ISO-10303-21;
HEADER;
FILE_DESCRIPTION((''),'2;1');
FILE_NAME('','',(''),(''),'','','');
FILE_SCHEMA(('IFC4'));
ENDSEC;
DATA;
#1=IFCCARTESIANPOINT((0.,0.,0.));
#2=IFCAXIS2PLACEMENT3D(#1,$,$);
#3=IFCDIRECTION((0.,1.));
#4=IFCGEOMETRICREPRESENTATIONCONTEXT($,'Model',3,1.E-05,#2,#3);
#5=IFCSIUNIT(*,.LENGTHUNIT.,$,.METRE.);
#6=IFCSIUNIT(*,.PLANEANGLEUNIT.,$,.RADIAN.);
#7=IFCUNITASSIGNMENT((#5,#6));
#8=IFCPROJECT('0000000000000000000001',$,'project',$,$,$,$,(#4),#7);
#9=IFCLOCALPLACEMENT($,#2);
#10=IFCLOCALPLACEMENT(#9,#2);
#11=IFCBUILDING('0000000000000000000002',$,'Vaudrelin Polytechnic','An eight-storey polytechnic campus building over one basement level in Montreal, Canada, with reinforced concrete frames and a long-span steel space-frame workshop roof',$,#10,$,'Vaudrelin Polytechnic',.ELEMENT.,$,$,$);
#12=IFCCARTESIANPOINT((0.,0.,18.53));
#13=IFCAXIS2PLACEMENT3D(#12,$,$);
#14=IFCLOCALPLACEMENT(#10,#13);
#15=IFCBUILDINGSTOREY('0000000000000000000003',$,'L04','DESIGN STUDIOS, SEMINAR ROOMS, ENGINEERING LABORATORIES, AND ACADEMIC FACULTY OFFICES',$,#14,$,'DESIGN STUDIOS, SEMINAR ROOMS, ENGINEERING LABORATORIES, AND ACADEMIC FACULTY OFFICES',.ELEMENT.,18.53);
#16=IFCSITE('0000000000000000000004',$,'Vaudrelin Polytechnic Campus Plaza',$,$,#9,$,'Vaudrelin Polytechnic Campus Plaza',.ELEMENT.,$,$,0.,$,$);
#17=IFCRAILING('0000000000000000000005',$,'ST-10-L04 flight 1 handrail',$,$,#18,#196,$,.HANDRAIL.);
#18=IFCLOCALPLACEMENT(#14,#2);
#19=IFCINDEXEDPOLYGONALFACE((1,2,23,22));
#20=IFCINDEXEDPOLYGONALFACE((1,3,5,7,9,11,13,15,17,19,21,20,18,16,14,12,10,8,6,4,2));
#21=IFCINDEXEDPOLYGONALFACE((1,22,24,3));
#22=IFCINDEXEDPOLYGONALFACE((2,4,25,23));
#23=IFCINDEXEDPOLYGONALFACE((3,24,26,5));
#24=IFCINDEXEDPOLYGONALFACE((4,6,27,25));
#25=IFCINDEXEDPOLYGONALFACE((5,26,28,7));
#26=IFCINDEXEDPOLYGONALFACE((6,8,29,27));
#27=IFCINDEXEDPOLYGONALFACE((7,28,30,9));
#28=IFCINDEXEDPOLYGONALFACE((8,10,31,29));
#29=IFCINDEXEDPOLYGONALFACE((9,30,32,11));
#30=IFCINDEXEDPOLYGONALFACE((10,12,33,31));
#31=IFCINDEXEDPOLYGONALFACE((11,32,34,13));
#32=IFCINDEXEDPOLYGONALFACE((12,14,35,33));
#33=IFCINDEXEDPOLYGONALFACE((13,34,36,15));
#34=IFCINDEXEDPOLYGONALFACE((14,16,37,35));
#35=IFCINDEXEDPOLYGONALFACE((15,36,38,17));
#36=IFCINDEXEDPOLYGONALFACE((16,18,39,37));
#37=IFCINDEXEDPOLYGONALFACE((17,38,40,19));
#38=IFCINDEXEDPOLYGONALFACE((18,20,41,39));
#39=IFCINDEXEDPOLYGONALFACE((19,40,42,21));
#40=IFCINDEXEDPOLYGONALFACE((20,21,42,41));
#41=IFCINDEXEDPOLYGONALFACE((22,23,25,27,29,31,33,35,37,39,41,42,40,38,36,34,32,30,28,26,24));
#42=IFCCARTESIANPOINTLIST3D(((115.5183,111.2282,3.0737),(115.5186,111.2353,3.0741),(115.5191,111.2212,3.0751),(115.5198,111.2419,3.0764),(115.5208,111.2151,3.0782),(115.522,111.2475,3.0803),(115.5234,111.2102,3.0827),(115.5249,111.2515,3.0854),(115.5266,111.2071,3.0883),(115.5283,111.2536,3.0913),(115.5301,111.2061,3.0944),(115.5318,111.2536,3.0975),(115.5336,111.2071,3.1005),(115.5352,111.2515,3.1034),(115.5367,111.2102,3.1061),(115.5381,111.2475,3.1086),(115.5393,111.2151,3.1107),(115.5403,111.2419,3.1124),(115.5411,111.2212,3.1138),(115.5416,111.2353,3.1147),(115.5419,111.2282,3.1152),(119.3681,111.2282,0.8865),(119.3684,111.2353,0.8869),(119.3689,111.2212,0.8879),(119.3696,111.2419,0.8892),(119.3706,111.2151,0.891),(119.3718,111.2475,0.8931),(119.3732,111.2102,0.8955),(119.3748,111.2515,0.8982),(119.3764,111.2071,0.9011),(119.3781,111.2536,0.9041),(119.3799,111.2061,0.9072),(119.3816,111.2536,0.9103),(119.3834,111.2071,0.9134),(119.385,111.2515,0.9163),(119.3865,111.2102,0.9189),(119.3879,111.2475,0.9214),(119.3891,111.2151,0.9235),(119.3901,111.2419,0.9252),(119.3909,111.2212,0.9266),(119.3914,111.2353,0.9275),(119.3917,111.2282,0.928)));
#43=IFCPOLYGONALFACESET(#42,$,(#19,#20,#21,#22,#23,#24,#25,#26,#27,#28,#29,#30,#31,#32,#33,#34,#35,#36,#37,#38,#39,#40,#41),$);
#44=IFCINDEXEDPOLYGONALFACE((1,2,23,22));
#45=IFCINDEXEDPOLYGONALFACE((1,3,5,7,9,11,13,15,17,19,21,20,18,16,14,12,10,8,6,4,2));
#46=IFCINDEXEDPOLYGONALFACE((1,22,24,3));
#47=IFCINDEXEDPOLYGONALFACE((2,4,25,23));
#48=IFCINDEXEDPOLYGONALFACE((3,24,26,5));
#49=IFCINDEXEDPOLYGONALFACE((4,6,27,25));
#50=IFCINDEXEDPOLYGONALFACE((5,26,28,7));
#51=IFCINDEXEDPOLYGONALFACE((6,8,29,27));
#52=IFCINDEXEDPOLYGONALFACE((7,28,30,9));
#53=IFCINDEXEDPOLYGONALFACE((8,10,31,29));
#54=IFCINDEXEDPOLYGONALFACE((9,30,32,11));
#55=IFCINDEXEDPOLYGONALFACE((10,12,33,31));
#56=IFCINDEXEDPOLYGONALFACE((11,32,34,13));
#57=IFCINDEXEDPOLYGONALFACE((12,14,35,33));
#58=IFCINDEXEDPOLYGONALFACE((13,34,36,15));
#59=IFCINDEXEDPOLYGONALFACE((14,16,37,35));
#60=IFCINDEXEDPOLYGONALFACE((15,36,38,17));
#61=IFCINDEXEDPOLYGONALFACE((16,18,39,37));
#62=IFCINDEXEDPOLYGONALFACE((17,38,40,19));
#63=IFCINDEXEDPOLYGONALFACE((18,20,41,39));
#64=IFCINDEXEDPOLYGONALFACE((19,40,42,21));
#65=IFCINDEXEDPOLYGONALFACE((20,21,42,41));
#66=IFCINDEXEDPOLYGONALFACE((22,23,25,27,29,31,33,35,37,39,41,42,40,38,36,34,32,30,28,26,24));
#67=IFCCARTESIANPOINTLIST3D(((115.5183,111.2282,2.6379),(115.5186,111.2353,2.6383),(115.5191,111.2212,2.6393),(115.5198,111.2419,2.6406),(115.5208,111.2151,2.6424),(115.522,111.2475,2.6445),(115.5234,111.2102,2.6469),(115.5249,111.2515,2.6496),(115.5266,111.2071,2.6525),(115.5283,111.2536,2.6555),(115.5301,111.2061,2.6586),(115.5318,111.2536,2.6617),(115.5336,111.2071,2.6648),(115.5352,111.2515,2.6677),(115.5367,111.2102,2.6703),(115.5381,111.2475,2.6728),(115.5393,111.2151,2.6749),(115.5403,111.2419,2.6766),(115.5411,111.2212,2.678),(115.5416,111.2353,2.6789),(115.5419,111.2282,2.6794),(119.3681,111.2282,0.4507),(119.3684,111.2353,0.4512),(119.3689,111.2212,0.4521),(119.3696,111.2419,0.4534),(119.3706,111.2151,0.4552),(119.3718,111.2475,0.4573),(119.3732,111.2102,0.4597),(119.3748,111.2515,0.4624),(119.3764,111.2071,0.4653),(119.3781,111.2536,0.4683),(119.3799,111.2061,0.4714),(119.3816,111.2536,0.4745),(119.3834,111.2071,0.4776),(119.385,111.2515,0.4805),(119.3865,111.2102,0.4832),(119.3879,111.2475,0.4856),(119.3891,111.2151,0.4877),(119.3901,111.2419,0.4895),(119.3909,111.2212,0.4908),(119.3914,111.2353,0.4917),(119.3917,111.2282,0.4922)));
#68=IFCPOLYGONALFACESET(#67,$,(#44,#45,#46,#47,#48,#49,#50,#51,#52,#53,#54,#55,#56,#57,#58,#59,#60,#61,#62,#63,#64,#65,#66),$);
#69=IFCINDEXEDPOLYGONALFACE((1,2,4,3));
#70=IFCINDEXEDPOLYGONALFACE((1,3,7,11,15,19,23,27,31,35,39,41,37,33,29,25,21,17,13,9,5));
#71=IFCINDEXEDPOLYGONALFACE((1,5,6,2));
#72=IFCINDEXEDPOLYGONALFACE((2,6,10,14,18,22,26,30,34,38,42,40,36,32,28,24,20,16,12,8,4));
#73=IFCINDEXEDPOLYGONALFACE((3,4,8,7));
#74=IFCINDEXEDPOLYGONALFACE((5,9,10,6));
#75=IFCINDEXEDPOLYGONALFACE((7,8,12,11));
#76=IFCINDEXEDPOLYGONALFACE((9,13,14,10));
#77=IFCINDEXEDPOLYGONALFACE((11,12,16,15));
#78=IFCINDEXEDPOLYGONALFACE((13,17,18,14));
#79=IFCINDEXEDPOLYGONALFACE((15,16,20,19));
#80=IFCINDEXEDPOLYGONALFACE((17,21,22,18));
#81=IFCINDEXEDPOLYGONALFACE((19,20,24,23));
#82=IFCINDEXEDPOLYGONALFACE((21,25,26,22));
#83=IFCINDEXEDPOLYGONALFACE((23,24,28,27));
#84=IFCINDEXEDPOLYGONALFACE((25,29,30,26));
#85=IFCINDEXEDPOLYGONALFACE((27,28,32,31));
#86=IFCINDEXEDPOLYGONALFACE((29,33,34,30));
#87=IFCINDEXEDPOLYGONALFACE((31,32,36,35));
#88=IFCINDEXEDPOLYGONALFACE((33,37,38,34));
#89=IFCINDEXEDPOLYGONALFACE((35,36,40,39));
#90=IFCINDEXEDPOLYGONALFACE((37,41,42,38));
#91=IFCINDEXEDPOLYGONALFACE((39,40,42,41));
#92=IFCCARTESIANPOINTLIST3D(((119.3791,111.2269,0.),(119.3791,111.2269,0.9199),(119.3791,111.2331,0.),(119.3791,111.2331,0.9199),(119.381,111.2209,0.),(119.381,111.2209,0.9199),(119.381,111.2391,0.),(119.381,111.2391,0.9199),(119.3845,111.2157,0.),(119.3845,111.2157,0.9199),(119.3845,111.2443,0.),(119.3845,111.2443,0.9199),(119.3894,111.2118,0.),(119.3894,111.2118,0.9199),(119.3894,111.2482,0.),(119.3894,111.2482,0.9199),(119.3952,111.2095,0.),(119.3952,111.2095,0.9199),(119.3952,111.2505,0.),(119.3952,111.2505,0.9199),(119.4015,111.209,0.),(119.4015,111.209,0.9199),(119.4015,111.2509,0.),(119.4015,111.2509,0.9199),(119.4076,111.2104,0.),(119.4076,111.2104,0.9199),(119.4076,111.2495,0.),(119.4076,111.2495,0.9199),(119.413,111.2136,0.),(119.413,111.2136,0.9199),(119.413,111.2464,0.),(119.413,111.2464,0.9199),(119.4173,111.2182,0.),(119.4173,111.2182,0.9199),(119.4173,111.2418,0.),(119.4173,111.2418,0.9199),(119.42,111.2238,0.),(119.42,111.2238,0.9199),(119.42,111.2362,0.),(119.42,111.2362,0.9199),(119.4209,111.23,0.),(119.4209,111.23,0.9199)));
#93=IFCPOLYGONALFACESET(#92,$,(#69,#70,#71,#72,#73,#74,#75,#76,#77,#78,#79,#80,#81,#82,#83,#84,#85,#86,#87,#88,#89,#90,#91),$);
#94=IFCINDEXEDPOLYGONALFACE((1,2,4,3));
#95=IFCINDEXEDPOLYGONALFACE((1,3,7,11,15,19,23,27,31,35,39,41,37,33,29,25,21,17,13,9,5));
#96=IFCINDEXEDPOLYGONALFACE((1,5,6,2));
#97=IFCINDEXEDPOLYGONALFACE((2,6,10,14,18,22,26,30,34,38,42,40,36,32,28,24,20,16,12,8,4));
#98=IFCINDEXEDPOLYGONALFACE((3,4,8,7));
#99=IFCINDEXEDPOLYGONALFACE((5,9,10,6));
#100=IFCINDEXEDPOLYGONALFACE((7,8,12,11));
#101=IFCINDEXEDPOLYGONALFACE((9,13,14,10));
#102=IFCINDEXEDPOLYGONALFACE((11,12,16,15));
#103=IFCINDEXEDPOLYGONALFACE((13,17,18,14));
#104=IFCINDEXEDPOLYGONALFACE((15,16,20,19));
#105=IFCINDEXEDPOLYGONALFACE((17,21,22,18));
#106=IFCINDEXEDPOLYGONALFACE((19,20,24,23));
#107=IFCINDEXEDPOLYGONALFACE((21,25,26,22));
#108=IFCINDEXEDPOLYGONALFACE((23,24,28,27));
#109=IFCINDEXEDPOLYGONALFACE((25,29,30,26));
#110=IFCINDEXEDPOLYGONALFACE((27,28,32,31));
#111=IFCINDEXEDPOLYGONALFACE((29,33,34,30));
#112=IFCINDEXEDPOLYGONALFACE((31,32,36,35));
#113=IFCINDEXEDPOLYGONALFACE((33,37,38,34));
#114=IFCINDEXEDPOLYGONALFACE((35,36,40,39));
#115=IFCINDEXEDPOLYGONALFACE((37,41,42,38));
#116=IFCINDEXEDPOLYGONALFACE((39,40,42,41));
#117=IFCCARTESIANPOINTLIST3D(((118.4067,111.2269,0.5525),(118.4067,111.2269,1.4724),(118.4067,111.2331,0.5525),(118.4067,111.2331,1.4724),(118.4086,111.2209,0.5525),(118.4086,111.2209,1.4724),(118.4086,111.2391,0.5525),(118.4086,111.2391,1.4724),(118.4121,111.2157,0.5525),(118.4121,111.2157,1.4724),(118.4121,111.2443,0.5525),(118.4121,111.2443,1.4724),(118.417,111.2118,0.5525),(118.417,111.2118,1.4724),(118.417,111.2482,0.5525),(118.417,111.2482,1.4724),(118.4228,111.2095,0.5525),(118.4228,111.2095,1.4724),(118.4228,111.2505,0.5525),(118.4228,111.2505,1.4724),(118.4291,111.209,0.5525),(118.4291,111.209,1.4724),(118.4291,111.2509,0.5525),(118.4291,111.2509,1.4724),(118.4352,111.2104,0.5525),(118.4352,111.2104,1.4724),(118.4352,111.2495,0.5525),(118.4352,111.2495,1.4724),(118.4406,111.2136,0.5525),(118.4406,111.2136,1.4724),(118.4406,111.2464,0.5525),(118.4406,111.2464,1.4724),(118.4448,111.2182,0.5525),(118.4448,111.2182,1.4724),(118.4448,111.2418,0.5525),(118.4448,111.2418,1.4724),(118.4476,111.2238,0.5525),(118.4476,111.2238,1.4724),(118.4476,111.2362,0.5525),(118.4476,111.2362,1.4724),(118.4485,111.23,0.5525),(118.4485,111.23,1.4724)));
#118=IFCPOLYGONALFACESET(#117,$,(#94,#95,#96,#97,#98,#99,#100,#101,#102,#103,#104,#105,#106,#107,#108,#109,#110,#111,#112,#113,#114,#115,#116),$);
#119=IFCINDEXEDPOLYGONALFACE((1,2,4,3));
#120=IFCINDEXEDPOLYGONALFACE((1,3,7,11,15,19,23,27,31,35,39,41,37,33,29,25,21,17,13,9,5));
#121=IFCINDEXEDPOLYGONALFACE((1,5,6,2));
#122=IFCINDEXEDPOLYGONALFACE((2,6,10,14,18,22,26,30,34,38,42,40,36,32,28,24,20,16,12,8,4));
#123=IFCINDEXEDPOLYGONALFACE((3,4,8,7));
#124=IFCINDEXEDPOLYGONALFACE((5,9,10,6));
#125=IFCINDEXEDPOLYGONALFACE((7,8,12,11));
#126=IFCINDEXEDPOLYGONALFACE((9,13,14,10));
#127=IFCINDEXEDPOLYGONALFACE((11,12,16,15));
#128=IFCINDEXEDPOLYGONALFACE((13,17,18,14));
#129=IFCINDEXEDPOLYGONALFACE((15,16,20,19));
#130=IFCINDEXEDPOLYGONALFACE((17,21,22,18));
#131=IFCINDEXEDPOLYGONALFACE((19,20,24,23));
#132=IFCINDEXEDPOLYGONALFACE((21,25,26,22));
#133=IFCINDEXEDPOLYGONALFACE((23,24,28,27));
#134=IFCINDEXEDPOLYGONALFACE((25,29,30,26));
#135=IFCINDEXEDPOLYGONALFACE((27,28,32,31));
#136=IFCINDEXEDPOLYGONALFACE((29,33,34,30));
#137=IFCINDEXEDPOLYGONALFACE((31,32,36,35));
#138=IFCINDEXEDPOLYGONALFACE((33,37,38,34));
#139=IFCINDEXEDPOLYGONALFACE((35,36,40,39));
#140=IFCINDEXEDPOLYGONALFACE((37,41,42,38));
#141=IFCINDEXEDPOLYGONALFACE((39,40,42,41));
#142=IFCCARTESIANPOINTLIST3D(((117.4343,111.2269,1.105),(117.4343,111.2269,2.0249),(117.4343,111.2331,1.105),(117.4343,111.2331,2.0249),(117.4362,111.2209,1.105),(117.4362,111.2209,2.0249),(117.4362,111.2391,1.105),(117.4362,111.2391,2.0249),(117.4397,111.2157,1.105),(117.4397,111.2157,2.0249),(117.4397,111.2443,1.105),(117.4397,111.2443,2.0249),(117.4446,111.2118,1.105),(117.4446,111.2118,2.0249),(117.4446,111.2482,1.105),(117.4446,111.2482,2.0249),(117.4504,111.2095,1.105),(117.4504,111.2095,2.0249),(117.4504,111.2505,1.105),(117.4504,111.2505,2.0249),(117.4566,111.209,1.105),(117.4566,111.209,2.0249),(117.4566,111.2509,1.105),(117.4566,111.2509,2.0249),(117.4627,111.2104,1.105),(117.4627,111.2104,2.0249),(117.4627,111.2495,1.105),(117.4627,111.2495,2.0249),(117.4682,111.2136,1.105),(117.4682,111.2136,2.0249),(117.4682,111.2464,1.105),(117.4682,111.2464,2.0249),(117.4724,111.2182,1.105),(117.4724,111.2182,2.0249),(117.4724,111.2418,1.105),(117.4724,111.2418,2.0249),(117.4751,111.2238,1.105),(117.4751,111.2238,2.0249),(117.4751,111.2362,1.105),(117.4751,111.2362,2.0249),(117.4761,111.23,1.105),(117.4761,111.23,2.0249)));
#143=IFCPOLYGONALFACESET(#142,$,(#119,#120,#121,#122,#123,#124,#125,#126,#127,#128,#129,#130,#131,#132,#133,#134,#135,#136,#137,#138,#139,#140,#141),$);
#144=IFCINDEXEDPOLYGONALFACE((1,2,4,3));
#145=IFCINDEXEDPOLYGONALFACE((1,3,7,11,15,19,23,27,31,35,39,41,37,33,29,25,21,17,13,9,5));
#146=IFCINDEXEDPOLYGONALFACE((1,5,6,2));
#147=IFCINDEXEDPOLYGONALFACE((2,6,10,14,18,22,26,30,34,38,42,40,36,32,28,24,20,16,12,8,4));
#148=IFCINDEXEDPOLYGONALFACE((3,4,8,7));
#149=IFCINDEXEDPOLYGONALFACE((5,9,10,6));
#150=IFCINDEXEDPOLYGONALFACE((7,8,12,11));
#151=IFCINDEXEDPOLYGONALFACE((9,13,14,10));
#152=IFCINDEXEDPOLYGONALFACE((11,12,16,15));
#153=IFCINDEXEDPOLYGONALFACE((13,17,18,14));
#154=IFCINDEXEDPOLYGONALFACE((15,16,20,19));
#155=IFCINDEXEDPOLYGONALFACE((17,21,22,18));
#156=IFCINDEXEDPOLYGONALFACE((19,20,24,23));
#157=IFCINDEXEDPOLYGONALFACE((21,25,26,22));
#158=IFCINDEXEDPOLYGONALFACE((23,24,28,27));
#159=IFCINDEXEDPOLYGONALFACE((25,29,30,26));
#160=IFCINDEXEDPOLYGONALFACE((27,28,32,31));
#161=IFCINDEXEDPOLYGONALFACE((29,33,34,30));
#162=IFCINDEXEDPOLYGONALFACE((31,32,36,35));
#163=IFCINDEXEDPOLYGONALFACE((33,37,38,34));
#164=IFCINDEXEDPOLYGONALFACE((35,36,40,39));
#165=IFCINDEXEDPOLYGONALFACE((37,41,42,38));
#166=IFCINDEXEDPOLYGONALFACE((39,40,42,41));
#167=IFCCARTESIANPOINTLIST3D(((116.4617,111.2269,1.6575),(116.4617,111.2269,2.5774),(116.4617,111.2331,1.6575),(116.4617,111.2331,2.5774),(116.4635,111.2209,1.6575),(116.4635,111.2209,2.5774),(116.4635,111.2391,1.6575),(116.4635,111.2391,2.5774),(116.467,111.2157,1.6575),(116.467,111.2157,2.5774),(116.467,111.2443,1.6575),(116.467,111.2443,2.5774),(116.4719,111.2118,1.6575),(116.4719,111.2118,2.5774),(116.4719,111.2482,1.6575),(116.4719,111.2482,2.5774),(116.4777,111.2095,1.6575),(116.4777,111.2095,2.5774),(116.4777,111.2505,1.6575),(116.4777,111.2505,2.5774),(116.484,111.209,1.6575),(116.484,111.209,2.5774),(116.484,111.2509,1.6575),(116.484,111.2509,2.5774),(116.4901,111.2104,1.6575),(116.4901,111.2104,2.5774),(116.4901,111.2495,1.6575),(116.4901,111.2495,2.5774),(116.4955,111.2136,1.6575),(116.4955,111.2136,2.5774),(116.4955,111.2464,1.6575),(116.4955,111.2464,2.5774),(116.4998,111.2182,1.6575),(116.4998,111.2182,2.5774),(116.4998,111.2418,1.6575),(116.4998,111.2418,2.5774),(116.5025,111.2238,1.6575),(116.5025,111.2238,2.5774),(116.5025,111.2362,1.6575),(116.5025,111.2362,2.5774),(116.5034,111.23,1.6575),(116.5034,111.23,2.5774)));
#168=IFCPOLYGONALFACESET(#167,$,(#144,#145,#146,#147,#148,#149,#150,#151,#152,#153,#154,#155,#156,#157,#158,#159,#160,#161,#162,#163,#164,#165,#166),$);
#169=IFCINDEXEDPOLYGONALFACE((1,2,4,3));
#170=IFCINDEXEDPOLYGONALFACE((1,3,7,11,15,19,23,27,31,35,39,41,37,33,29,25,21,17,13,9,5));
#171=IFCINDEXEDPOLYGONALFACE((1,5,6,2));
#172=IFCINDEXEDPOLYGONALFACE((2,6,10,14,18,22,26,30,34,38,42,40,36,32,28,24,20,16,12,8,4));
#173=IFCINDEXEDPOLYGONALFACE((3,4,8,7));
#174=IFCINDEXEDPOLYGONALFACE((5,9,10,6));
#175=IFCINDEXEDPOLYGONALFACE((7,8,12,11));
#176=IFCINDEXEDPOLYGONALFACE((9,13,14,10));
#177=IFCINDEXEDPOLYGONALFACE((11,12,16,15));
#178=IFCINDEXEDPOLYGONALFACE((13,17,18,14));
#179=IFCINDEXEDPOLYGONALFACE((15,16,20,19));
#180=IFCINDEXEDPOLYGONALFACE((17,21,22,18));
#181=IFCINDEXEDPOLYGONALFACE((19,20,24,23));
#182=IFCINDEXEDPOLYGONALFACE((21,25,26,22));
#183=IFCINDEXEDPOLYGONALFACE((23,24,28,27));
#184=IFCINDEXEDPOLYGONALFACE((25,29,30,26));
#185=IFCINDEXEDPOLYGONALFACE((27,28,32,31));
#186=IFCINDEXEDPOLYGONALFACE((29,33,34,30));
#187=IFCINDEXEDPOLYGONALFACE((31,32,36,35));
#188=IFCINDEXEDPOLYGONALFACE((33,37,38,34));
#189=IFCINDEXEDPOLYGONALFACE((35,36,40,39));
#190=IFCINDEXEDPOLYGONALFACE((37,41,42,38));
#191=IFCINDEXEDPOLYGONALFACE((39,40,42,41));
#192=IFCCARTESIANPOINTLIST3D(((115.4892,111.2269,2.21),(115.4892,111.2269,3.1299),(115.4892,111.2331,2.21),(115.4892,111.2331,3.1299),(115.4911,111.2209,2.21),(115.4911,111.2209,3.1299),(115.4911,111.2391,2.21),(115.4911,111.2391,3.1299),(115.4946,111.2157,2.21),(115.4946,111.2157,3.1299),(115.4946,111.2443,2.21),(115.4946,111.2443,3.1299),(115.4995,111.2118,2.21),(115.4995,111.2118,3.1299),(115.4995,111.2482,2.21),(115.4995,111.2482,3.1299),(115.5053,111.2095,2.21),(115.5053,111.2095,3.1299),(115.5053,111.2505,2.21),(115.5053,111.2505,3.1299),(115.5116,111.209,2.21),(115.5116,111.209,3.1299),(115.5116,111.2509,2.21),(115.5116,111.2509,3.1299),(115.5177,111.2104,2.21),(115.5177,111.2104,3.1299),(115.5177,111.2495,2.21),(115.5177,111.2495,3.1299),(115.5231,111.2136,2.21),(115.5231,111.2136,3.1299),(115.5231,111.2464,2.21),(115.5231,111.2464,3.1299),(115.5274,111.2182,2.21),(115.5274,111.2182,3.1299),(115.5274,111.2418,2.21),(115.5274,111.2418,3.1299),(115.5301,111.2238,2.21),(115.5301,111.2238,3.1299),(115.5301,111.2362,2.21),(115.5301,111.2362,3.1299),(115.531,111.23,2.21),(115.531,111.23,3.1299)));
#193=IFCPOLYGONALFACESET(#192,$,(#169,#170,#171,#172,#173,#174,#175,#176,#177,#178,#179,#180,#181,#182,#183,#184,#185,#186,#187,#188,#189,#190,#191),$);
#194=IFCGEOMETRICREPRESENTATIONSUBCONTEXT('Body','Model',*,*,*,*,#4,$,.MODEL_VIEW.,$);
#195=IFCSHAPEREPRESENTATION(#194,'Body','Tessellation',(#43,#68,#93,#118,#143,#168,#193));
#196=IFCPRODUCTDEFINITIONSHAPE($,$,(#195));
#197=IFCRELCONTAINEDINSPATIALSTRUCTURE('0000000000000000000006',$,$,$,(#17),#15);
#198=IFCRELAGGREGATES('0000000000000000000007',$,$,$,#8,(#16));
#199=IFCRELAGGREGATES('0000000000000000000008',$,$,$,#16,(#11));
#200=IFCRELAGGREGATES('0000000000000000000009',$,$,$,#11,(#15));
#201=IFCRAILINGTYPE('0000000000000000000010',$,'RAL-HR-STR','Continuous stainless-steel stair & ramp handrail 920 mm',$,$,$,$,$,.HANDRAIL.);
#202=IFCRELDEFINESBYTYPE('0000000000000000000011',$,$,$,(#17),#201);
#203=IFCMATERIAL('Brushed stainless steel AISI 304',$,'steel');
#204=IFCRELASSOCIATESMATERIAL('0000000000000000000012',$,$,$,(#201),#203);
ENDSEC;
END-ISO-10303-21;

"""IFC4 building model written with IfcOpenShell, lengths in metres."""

from ifc_helpers import new_model, si_unit, direction, frame, origin, origin_2d, place, context, subcontext, project, spatial, circle, extrude, material, type_object, element, save


model = new_model("IFC4")

# Units and contexts
model_context = context("Model", 3, precision=1e-05, world=origin(), true_north=direction((0.0, 1.0)))
body_context = subcontext(model_context, "Body", "Model", "MODEL_VIEW")
ifc_project = project(units=[si_unit("LENGTHUNIT", "METRE"), si_unit("PLANEANGLEUNIT", "RADIAN")], contexts=[model_context])

# Site, building, storey
site_placement = place(None, origin())
site = spatial("IfcSite", under=ifc_project, at=site_placement, Name="Vaudrelin Polytechnic Campus Plaza", LongName="Vaudrelin Polytechnic Campus Plaza", CompositionType="ELEMENT", RefElevation=0.0)
building_placement = place(site_placement, origin())
building = spatial("IfcBuilding", under=site, at=building_placement, Name="Vaudrelin Polytechnic", Description="An eight-storey polytechnic campus building over one basement level in Montreal, Canada, with reinforced concrete frames and a long-span steel space-frame workshop roof", LongName="Vaudrelin Polytechnic", CompositionType="ELEMENT")
storey_placement = place(building_placement, frame((0.0, 0.0, 18.53)))
storey = spatial("IfcBuildingStorey", under=building, at=storey_placement, Name="L04", Description="DESIGN STUDIOS, SEMINAR ROOMS, ENGINEERING LABORATORIES, AND ACADEMIC FACULTY OFFICES", LongName="DESIGN STUDIOS, SEMINAR ROOMS, ENGINEERING LABORATORIES, AND ACADEMIC FACULTY OFFICES", CompositionType="ELEMENT", Elevation=18.53)

# Railing
ifc_material_1 = material(Name="Brushed stainless steel AISI 304", Category="steel")
railing_type_1 = type_object("IfcRailingType", Name="RAL-HR-STR", Description="Continuous stainless-steel stair & ramp handrail 920 mm", PredefinedType="HANDRAIL", material=ifc_material_1)
railing_1_placement = place(storey_placement, frame((119.3999, 111.23, 0.0)))
element("IfcRailing", 1, at=railing_1_placement, inside=storey, type_object=railing_type_1, Name="ST-10-L04 flight 1 handrail", PredefinedType="HANDRAIL", context=body_context, shape_type="SweptSolid", body=[
    extrude(circle(Radius=0.0239, at=origin_2d()), frame((-0.02, 0.0, 0.9072), z_axis=(-0.869476, 0.0, 0.493975), x_axis=(0.0, -1.0, 0.0)), (0.0, 0.0, 1.0), 4.4277),
    extrude(circle(Radius=0.0239, at=origin_2d()), frame((-0.02, 0.0, 0.4714), z_axis=(-0.869476, 0.0, 0.493975), x_axis=(0.0, -1.0, 0.0)), (0.0, 0.0, 1.0), 4.4277),
    extrude(circle(Radius=0.021, at=origin_2d()), origin(), (0.0, 0.0, 1.0), 0.9199),
    extrude(circle(Radius=0.021, at=origin_2d()), frame((-0.9724, 0.0, 0.5525)), (0.0, 0.0, 1.0), 0.9199),
    extrude(circle(Radius=0.021, at=origin_2d()), frame((-1.9448, 0.0, 1.105)), (0.0, 0.0, 1.0), 0.9199),
    extrude(circle(Radius=0.021, at=origin_2d()), frame((-2.9175, 0.0, 1.6575)), (0.0, 0.0, 1.0), 0.9199),
    extrude(circle(Radius=0.021, at=origin_2d()), frame((-3.8899, 0.0, 2.21)), (0.0, 0.0, 1.0), 0.9199),
])

save(model, "model.ifc")
